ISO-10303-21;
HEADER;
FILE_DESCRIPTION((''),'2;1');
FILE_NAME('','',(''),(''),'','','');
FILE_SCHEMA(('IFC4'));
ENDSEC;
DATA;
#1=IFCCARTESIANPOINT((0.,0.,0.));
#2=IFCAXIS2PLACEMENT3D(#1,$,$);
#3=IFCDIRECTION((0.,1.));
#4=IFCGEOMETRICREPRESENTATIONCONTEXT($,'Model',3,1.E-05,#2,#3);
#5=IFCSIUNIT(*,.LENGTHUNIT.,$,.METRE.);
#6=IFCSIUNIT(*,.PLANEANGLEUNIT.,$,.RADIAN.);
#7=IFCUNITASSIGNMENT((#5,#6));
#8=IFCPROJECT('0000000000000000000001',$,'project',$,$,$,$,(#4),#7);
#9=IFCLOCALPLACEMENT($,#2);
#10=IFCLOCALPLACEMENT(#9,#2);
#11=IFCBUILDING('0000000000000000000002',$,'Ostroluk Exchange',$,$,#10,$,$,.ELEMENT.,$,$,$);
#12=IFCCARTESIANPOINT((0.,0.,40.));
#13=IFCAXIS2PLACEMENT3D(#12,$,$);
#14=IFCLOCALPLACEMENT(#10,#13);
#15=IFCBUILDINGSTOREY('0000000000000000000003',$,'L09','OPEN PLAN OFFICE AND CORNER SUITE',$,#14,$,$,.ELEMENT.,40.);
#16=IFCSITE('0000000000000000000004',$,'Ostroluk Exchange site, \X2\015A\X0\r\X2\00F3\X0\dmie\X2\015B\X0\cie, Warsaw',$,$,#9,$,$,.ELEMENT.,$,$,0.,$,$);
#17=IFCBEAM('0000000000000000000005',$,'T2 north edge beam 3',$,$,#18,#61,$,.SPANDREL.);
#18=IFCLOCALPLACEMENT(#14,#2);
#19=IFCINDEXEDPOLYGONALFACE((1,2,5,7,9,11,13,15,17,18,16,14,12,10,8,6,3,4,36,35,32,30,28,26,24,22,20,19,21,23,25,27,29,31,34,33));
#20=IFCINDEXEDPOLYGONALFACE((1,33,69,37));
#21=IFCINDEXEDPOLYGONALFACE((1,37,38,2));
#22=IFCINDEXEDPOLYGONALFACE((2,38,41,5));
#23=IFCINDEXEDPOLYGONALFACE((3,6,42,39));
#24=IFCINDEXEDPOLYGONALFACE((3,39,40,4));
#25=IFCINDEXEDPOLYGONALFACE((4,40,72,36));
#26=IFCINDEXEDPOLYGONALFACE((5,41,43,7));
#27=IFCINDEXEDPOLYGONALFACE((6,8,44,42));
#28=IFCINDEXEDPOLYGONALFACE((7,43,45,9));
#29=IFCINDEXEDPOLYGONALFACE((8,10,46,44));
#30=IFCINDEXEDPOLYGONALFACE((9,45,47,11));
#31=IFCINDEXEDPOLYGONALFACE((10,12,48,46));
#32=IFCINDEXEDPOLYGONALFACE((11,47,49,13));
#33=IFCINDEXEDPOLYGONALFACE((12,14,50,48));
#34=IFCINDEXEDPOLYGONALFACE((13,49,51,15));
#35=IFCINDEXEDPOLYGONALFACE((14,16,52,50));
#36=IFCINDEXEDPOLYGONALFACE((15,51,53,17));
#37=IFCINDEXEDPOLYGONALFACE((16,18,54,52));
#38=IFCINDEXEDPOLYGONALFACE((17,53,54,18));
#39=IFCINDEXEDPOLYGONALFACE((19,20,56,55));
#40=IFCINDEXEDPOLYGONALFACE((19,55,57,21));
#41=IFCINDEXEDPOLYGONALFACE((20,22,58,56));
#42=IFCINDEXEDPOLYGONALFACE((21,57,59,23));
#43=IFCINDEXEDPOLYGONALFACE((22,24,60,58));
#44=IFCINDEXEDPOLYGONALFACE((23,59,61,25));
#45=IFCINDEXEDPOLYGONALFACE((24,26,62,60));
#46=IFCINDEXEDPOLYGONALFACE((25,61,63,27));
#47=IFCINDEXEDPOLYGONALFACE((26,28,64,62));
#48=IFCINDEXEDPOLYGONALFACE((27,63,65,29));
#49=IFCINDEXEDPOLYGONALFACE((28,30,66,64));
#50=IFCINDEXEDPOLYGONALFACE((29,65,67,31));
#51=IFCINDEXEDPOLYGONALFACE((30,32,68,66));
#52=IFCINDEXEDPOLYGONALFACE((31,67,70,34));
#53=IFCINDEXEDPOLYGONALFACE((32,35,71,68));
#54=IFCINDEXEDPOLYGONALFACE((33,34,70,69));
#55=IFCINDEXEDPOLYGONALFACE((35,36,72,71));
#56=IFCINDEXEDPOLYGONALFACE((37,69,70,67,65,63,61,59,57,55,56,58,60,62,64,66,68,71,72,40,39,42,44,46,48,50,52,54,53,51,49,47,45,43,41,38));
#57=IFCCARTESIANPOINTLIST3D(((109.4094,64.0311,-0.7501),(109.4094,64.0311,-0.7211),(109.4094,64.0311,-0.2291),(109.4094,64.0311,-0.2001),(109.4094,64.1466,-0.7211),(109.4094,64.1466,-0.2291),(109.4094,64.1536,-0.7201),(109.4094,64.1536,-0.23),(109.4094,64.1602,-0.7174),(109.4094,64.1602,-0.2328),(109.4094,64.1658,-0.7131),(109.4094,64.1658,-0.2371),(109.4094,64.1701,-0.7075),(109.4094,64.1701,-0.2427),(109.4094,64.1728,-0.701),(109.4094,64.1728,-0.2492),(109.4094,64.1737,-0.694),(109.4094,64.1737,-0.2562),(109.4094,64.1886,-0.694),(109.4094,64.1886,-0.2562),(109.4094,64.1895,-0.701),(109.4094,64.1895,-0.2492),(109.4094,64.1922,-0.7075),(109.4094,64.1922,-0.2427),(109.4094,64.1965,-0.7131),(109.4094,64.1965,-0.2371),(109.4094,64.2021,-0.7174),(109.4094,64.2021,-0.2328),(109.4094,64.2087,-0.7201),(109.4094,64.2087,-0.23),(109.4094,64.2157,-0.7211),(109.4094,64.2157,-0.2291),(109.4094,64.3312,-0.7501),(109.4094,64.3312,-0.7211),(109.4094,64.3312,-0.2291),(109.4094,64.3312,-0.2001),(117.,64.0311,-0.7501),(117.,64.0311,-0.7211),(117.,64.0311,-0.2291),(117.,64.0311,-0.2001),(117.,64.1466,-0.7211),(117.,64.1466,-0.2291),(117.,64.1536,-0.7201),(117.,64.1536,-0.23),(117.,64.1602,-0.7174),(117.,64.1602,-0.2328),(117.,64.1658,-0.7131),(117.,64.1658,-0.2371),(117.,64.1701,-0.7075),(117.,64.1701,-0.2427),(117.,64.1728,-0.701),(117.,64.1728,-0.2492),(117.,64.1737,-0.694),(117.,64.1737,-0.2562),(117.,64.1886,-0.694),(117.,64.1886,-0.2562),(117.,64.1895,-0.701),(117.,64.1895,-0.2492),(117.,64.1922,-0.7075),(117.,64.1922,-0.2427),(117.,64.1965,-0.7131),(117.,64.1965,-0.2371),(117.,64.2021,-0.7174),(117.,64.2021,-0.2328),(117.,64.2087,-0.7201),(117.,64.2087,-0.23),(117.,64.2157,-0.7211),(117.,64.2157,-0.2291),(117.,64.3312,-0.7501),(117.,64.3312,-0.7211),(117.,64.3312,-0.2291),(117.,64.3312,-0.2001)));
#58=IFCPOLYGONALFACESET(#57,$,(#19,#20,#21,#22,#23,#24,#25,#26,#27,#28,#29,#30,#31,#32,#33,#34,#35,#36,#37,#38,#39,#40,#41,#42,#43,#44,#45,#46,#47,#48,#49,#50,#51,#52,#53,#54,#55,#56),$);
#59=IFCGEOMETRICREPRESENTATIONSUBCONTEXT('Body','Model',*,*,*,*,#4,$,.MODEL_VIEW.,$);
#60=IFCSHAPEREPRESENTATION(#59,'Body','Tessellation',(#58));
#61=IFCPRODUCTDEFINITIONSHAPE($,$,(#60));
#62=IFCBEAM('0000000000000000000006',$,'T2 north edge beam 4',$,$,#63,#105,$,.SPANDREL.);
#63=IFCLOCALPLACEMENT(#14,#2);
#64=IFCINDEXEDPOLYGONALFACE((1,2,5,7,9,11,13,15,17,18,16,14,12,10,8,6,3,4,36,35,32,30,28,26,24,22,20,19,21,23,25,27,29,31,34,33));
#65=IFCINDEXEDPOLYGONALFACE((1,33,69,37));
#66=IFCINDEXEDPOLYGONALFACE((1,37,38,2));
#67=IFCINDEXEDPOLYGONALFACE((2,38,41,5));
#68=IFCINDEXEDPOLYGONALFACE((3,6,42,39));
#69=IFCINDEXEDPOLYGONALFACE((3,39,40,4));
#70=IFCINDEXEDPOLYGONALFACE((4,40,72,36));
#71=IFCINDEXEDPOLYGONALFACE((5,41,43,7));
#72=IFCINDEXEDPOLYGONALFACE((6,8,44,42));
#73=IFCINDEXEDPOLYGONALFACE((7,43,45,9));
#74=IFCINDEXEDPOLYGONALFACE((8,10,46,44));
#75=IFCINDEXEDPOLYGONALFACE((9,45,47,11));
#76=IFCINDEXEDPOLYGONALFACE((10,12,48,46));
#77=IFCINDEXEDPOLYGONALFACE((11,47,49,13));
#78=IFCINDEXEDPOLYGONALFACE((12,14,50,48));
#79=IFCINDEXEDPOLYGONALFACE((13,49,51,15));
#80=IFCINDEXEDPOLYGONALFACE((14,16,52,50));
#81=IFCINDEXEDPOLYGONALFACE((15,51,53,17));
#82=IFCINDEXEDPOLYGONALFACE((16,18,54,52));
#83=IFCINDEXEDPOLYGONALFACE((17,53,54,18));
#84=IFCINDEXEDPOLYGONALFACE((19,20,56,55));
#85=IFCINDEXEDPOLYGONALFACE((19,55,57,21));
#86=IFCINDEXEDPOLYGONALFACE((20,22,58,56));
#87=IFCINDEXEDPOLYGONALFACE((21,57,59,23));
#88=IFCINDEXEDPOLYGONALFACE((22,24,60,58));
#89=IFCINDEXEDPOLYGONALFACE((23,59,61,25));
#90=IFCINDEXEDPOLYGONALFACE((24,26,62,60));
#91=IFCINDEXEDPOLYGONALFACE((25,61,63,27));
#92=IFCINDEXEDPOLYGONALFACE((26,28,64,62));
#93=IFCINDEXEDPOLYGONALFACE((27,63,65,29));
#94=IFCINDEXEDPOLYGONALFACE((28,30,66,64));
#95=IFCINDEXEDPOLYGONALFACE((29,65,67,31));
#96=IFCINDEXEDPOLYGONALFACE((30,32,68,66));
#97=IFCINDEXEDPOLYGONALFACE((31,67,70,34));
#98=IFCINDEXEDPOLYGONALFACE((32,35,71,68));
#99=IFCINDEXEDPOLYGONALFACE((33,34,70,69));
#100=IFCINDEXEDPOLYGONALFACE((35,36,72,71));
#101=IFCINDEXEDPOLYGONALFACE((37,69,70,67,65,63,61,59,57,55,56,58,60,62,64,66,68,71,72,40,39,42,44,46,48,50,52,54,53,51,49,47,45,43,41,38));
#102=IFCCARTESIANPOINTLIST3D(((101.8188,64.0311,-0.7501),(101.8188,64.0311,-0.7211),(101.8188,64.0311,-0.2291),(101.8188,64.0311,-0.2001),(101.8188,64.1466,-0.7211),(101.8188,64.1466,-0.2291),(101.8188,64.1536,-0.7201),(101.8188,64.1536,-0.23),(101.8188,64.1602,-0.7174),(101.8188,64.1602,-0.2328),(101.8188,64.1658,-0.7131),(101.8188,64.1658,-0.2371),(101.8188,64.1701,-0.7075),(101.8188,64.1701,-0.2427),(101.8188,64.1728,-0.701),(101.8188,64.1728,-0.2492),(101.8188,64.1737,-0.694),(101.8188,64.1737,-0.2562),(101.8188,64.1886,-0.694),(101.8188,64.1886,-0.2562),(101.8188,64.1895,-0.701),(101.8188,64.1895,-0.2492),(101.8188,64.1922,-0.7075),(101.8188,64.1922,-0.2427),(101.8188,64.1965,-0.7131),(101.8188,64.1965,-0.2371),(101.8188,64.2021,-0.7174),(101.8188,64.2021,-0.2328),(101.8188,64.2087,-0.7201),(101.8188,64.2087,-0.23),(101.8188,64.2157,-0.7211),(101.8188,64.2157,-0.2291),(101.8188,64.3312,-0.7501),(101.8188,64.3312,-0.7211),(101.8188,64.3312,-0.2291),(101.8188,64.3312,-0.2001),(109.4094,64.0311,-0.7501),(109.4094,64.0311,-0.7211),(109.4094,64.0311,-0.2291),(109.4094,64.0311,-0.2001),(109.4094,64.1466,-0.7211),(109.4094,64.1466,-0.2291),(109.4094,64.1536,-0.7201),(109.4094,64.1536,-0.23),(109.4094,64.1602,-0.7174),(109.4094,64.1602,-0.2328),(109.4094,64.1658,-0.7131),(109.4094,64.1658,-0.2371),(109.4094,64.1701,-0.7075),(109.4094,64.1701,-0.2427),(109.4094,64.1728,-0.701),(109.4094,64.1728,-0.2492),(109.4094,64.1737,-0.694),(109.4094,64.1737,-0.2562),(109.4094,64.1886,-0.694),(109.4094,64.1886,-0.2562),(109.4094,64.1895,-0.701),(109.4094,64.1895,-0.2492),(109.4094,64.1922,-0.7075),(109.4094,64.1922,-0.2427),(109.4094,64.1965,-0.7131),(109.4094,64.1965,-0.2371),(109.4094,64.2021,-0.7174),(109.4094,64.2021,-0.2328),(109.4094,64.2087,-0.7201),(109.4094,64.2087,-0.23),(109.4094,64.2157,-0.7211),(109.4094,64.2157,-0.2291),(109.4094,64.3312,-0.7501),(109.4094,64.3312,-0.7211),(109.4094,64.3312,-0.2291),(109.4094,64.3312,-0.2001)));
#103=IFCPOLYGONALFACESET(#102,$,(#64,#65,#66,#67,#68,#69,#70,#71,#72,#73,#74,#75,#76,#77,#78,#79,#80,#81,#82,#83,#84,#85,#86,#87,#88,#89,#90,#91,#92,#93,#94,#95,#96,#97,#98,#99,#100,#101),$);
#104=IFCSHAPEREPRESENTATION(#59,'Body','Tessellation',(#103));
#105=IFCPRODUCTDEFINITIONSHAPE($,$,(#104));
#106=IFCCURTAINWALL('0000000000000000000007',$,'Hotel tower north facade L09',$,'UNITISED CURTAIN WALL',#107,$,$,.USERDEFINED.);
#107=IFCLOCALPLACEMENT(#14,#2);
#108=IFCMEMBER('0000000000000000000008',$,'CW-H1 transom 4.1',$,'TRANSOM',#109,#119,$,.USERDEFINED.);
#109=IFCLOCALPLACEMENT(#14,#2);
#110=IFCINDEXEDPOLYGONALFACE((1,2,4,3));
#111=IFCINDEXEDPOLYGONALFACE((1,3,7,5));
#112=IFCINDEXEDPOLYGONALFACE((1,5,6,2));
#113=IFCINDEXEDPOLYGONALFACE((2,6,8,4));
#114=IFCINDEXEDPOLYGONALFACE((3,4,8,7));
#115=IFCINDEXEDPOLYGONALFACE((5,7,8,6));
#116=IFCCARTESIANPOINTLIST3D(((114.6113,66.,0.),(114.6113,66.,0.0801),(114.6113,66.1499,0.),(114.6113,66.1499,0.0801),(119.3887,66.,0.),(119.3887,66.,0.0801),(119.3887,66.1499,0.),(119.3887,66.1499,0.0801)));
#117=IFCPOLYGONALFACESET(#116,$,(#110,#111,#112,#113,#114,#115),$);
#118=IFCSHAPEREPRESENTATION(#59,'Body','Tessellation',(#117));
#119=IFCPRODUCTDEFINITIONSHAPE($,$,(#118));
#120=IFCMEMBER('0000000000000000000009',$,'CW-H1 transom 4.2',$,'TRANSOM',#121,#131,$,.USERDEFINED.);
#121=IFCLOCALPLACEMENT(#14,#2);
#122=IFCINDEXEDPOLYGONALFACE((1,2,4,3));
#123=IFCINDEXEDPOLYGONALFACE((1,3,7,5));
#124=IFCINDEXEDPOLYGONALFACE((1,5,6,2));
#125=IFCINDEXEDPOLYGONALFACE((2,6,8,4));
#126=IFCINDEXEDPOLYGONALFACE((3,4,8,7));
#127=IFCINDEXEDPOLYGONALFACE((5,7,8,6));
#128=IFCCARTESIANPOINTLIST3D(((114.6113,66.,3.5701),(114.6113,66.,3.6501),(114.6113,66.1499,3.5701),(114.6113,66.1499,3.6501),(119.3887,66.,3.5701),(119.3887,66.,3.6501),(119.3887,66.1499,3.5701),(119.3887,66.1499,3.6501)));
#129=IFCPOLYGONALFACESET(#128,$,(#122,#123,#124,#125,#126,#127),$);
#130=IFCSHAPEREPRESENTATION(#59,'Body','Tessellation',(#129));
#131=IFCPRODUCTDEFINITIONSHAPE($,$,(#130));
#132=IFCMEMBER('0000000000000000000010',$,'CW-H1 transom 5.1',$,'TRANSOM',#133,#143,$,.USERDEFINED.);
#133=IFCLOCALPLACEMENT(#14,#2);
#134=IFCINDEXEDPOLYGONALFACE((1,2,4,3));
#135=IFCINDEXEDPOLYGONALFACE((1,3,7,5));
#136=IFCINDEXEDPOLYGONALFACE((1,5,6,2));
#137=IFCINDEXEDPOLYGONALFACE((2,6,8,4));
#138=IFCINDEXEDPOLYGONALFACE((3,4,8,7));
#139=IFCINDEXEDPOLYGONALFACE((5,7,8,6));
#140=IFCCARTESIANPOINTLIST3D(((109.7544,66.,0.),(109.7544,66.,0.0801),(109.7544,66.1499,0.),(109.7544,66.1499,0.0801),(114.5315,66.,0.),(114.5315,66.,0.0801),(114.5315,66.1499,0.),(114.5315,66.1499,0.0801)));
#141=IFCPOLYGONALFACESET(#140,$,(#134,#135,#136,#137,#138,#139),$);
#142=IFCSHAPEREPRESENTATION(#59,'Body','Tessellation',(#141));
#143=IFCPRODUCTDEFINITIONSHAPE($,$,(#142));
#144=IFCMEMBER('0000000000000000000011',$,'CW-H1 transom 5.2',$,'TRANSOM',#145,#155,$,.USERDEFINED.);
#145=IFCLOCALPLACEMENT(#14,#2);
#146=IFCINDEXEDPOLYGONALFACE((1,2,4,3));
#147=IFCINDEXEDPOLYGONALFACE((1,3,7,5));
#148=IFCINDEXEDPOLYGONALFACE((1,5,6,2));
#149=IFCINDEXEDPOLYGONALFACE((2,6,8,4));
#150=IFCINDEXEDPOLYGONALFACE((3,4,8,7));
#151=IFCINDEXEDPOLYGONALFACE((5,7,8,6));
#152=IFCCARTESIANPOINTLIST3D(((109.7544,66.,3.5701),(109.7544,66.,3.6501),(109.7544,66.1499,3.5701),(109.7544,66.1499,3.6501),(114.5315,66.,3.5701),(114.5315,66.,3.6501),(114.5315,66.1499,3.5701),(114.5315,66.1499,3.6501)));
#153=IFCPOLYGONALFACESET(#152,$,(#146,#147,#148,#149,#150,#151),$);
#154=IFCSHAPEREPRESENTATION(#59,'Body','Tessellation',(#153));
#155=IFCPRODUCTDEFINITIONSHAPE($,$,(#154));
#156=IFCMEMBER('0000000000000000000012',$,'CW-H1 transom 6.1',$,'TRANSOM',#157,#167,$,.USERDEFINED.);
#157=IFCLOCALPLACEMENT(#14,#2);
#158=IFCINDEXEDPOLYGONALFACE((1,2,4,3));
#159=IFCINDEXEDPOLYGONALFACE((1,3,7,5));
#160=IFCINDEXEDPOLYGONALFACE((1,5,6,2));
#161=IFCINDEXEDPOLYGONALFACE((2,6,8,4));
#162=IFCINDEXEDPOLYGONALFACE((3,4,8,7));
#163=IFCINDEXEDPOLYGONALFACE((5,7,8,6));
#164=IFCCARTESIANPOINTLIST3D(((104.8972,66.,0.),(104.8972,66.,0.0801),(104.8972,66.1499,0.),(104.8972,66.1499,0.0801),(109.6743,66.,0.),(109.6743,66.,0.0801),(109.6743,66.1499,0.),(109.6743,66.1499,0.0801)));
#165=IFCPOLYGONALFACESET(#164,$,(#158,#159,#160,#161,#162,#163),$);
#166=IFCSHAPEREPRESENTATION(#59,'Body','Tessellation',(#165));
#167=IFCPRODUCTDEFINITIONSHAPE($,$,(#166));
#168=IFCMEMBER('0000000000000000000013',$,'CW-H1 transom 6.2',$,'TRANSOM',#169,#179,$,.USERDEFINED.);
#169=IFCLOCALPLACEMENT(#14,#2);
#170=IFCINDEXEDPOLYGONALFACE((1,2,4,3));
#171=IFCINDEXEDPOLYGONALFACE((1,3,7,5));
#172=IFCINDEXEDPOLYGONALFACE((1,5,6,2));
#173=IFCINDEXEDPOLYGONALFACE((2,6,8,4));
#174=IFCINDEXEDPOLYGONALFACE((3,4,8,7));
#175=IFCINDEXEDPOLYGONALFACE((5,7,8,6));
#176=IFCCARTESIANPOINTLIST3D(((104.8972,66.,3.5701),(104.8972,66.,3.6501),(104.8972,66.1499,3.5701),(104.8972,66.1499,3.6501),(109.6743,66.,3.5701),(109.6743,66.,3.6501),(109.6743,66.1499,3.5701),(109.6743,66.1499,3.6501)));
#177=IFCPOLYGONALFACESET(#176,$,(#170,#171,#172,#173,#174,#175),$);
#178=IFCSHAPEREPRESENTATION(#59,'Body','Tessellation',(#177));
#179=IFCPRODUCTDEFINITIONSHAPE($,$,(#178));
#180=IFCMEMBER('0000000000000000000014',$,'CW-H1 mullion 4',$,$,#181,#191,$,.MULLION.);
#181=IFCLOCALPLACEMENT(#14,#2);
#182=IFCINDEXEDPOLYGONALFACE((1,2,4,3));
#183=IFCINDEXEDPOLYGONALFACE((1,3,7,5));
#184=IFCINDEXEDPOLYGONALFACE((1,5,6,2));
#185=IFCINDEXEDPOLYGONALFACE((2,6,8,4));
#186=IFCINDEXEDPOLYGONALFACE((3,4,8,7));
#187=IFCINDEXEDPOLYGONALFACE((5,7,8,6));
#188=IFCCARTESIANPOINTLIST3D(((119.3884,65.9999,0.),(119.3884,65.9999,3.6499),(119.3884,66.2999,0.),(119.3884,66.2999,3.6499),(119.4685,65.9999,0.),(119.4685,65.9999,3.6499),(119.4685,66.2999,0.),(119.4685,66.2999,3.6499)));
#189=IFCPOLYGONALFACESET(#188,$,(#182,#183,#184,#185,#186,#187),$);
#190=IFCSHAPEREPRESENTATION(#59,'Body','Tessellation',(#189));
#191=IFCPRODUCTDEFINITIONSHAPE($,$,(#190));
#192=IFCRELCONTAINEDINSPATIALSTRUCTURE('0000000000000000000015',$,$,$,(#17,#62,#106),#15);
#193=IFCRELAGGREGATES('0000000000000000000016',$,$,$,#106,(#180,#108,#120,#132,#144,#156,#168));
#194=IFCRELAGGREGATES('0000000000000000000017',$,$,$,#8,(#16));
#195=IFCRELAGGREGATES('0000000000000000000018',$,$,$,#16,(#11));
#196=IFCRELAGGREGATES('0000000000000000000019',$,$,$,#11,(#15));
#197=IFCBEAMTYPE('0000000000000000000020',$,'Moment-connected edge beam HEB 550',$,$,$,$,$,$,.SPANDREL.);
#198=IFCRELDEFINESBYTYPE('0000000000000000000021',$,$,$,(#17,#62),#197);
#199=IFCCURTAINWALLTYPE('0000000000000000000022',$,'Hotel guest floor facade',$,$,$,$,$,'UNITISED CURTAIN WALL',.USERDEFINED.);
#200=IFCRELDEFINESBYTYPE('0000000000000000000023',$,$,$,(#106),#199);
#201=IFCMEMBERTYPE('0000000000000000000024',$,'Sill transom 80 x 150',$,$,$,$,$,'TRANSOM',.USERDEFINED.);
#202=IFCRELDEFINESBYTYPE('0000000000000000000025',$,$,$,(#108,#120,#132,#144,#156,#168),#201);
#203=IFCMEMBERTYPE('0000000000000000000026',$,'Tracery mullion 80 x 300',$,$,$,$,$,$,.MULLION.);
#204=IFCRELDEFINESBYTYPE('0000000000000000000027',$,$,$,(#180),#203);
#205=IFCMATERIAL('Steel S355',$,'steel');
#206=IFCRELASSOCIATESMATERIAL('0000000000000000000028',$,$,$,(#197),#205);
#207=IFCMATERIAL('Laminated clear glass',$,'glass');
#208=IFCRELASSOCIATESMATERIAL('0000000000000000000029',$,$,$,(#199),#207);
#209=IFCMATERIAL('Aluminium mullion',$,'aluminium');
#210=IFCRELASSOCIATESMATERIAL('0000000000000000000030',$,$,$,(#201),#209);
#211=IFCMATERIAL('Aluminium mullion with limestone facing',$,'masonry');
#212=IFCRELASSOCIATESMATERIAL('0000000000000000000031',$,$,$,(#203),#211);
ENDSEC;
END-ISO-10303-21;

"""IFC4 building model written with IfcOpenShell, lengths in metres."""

from ifc_helpers import new_model, si_unit, direction, frame, origin, origin_2d, place, context, subcontext, project, spatial, rectangle, i_section, extrude, material, material_profile, profile_set, type_object, element, aggregate, save


model = new_model("IFC4")

# Units and contexts
model_context = context("Model", 3, precision=1e-05, world=origin(), true_north=direction((0.0, 1.0)))
body_context = subcontext(model_context, "Body", "Model", "MODEL_VIEW")
ifc_project = project(units=[si_unit("LENGTHUNIT", "METRE"), si_unit("PLANEANGLEUNIT", "RADIAN")], contexts=[model_context])

# Site, building, storey
site_placement = place(None, origin())
site = spatial("IfcSite", under=ifc_project, at=site_placement, Name="Ostroluk Exchange site, Śródmieście, Warsaw", CompositionType="ELEMENT", RefElevation=0.0)
building_placement = place(site_placement, origin())
building = spatial("IfcBuilding", under=site, at=building_placement, Name="Ostroluk Exchange", CompositionType="ELEMENT")
storey_placement = place(building_placement, frame((0.0, 0.0, 40.0)))
storey = spatial("IfcBuildingStorey", under=building, at=storey_placement, Name="L09", Description="OPEN PLAN OFFICE AND CORNER SUITE", CompositionType="ELEMENT", Elevation=40.0)

# Beams
ifc_material_1 = material(Name="Steel S355", Category="steel")
ifc_material_profile_1 = material_profile(ifc_material_1, i_section(OverallWidth=0.3, OverallDepth=0.55, WebThickness=0.0149, FlangeThickness=0.0291, FilletRadius=0.0271, at=origin_2d()), Name="HEB 550")
ifc_profile_set_1 = profile_set([ifc_material_profile_1], Name="Steel S355")
beam_type = type_object("IfcBeamType", Name="Moment-connected edge beam HEB 550", PredefinedType="SPANDREL", material=ifc_profile_set_1)
for number, where, z_axis, x_axis, name in (
    (1, (117.0, 64.1812, -0.4751), (-1.0, 0.0, 0.0), (0.0, -1.0, 0.0), "T2 north edge beam 3"),
    (2, (109.4094, 64.1812, -0.4751), (-1.0, 0.0, 0.0), (0.0, -1.0, 0.0), "T2 north edge beam 4"),
):
    element("IfcBeam", number, at=place(storey_placement, frame(where, z_axis=z_axis, x_axis=x_axis)), inside=storey, type_object=beam_type, Name=name, PredefinedType="SPANDREL", context=body_context, shape_type="SweptSolid", body=[
        extrude(i_section(OverallWidth=0.3, OverallDepth=0.55, WebThickness=0.0149, FlangeThickness=0.0291, FilletRadius=0.0271, at=origin_2d()), origin(), (0.0, 0.0, 1.0), 7.5906),
    ])

# Curtain wall, members
ifc_material_2 = material(Name="Laminated clear glass", Category="glass")
curtain_wall_type = type_object("IfcCurtainWallType", Name="Hotel guest floor facade", ElementType="UNITISED CURTAIN WALL", PredefinedType="USERDEFINED", material=ifc_material_2)
curtain_wall_placement = place(storey_placement, origin())
curtain_wall = element("IfcCurtainWall", 3, at=curtain_wall_placement, inside=storey, type_object=curtain_wall_type, Name="Hotel tower north facade L09", ObjectType="UNITISED CURTAIN WALL", PredefinedType="USERDEFINED")
ifc_material_3 = material(Name="Aluminium mullion", Category="aluminium")
ifc_material_profile_2 = material_profile(ifc_material_3, rectangle(XDim=0.1499, YDim=0.0801, at=origin_2d()), Name="Sill transom 80 x 150")
ifc_profile_set_2 = profile_set([ifc_material_profile_2], Name="Aluminium mullion")
member_type_1 = type_object("IfcMemberType", Name="Sill transom 80 x 150", ElementType="TRANSOM", PredefinedType="USERDEFINED", material=ifc_profile_set_2)
member_1_placement = place(storey_placement, frame((119.3887, 66.075, 0.04), z_axis=(-1.0, 0.0, 0.0), x_axis=(0.0, -1.0, 0.0)))
member_1 = element("IfcMember", 4, at=member_1_placement, type_object=member_type_1, Name="CW-H1 transom 4.1", ObjectType="TRANSOM", PredefinedType="USERDEFINED", context=body_context, shape_type="SweptSolid", body=[
    extrude(rectangle(XDim=0.1499, YDim=0.0801, at=origin_2d()), origin(), (0.0, 0.0, 1.0), 4.7773),
])
member_2_placement = place(storey_placement, frame((119.3887, 66.075, 3.6101), z_axis=(-1.0, 0.0, 0.0), x_axis=(0.0, -1.0, 0.0)))
member_2 = element("IfcMember", 5, at=member_2_placement, type_object=member_type_1, Name="CW-H1 transom 4.2", ObjectType="TRANSOM", PredefinedType="USERDEFINED", context=body_context, shape_type="SweptSolid", body=[
    extrude(rectangle(XDim=0.1499, YDim=0.0801, at=origin_2d()), origin(), (0.0, 0.0, 1.0), 4.7773),
])
member_3_placement = place(storey_placement, frame((114.5315, 66.075, 0.04), z_axis=(-1.0, 0.0, 0.0), x_axis=(0.0, -1.0, 0.0)))
member_3 = element("IfcMember", 6, at=member_3_placement, type_object=member_type_1, Name="CW-H1 transom 5.1", ObjectType="TRANSOM", PredefinedType="USERDEFINED", context=body_context, shape_type="SweptSolid", body=[
    extrude(rectangle(XDim=0.1499, YDim=0.0801, at=origin_2d()), origin(), (0.0, 0.0, 1.0), 4.7771),
])
member_4_placement = place(storey_placement, frame((114.5315, 66.075, 3.6101), z_axis=(-1.0, 0.0, 0.0), x_axis=(0.0, -1.0, 0.0)))
member_4 = element("IfcMember", 7, at=member_4_placement, type_object=member_type_1, Name="CW-H1 transom 5.2", ObjectType="TRANSOM", PredefinedType="USERDEFINED", context=body_context, shape_type="SweptSolid", body=[
    extrude(rectangle(XDim=0.1499, YDim=0.0801, at=origin_2d()), origin(), (0.0, 0.0, 1.0), 4.7771),
])
member_5_placement = place(storey_placement, frame((109.6743, 66.075, 0.04), z_axis=(-1.0, 0.0, 0.0), x_axis=(0.0, -1.0, 0.0)))
member_5 = element("IfcMember", 8, at=member_5_placement, type_object=member_type_1, Name="CW-H1 transom 6.1", ObjectType="TRANSOM", PredefinedType="USERDEFINED", context=body_context, shape_type="SweptSolid", body=[
    extrude(rectangle(XDim=0.1499, YDim=0.0801, at=origin_2d()), origin(), (0.0, 0.0, 1.0), 4.7771),
])
member_6_placement = place(storey_placement, frame((109.6743, 66.075, 3.6101), z_axis=(-1.0, 0.0, 0.0), x_axis=(0.0, -1.0, 0.0)))
member_6 = element("IfcMember", 9, at=member_6_placement, type_object=member_type_1, Name="CW-H1 transom 6.2", ObjectType="TRANSOM", PredefinedType="USERDEFINED", context=body_context, shape_type="SweptSolid", body=[
    extrude(rectangle(XDim=0.1499, YDim=0.0801, at=origin_2d()), origin(), (0.0, 0.0, 1.0), 4.7771),
])
ifc_material_4 = material(Name="Aluminium mullion with limestone facing", Category="masonry")
ifc_material_profile_3 = material_profile(ifc_material_4, rectangle(XDim=0.3, YDim=0.0801, at=origin_2d()), Name="Tracery mullion 80 x 300")
ifc_profile_set_3 = profile_set([ifc_material_profile_3], Name="Aluminium mullion with limestone facing")
member_type_2 = type_object("IfcMemberType", Name="Tracery mullion 80 x 300", PredefinedType="MULLION", material=ifc_profile_set_3)
member_7_placement = place(storey_placement, frame((119.4285, 66.1499, 0.0), z_axis=(0.0, 0.0, 1.0), x_axis=(0.0, -1.0, 0.0)))
member_7 = element("IfcMember", 10, at=member_7_placement, type_object=member_type_2, Name="CW-H1 mullion 4", PredefinedType="MULLION", context=body_context, shape_type="SweptSolid", body=[
    extrude(rectangle(XDim=0.3, YDim=0.0801, at=origin_2d()), origin(), (0.0, 0.0, 1.0), 3.6499),
])
aggregate(curtain_wall, [member_7, member_1, member_2, member_3, member_4, member_5, member_6])

save(model, "model.ifc")
